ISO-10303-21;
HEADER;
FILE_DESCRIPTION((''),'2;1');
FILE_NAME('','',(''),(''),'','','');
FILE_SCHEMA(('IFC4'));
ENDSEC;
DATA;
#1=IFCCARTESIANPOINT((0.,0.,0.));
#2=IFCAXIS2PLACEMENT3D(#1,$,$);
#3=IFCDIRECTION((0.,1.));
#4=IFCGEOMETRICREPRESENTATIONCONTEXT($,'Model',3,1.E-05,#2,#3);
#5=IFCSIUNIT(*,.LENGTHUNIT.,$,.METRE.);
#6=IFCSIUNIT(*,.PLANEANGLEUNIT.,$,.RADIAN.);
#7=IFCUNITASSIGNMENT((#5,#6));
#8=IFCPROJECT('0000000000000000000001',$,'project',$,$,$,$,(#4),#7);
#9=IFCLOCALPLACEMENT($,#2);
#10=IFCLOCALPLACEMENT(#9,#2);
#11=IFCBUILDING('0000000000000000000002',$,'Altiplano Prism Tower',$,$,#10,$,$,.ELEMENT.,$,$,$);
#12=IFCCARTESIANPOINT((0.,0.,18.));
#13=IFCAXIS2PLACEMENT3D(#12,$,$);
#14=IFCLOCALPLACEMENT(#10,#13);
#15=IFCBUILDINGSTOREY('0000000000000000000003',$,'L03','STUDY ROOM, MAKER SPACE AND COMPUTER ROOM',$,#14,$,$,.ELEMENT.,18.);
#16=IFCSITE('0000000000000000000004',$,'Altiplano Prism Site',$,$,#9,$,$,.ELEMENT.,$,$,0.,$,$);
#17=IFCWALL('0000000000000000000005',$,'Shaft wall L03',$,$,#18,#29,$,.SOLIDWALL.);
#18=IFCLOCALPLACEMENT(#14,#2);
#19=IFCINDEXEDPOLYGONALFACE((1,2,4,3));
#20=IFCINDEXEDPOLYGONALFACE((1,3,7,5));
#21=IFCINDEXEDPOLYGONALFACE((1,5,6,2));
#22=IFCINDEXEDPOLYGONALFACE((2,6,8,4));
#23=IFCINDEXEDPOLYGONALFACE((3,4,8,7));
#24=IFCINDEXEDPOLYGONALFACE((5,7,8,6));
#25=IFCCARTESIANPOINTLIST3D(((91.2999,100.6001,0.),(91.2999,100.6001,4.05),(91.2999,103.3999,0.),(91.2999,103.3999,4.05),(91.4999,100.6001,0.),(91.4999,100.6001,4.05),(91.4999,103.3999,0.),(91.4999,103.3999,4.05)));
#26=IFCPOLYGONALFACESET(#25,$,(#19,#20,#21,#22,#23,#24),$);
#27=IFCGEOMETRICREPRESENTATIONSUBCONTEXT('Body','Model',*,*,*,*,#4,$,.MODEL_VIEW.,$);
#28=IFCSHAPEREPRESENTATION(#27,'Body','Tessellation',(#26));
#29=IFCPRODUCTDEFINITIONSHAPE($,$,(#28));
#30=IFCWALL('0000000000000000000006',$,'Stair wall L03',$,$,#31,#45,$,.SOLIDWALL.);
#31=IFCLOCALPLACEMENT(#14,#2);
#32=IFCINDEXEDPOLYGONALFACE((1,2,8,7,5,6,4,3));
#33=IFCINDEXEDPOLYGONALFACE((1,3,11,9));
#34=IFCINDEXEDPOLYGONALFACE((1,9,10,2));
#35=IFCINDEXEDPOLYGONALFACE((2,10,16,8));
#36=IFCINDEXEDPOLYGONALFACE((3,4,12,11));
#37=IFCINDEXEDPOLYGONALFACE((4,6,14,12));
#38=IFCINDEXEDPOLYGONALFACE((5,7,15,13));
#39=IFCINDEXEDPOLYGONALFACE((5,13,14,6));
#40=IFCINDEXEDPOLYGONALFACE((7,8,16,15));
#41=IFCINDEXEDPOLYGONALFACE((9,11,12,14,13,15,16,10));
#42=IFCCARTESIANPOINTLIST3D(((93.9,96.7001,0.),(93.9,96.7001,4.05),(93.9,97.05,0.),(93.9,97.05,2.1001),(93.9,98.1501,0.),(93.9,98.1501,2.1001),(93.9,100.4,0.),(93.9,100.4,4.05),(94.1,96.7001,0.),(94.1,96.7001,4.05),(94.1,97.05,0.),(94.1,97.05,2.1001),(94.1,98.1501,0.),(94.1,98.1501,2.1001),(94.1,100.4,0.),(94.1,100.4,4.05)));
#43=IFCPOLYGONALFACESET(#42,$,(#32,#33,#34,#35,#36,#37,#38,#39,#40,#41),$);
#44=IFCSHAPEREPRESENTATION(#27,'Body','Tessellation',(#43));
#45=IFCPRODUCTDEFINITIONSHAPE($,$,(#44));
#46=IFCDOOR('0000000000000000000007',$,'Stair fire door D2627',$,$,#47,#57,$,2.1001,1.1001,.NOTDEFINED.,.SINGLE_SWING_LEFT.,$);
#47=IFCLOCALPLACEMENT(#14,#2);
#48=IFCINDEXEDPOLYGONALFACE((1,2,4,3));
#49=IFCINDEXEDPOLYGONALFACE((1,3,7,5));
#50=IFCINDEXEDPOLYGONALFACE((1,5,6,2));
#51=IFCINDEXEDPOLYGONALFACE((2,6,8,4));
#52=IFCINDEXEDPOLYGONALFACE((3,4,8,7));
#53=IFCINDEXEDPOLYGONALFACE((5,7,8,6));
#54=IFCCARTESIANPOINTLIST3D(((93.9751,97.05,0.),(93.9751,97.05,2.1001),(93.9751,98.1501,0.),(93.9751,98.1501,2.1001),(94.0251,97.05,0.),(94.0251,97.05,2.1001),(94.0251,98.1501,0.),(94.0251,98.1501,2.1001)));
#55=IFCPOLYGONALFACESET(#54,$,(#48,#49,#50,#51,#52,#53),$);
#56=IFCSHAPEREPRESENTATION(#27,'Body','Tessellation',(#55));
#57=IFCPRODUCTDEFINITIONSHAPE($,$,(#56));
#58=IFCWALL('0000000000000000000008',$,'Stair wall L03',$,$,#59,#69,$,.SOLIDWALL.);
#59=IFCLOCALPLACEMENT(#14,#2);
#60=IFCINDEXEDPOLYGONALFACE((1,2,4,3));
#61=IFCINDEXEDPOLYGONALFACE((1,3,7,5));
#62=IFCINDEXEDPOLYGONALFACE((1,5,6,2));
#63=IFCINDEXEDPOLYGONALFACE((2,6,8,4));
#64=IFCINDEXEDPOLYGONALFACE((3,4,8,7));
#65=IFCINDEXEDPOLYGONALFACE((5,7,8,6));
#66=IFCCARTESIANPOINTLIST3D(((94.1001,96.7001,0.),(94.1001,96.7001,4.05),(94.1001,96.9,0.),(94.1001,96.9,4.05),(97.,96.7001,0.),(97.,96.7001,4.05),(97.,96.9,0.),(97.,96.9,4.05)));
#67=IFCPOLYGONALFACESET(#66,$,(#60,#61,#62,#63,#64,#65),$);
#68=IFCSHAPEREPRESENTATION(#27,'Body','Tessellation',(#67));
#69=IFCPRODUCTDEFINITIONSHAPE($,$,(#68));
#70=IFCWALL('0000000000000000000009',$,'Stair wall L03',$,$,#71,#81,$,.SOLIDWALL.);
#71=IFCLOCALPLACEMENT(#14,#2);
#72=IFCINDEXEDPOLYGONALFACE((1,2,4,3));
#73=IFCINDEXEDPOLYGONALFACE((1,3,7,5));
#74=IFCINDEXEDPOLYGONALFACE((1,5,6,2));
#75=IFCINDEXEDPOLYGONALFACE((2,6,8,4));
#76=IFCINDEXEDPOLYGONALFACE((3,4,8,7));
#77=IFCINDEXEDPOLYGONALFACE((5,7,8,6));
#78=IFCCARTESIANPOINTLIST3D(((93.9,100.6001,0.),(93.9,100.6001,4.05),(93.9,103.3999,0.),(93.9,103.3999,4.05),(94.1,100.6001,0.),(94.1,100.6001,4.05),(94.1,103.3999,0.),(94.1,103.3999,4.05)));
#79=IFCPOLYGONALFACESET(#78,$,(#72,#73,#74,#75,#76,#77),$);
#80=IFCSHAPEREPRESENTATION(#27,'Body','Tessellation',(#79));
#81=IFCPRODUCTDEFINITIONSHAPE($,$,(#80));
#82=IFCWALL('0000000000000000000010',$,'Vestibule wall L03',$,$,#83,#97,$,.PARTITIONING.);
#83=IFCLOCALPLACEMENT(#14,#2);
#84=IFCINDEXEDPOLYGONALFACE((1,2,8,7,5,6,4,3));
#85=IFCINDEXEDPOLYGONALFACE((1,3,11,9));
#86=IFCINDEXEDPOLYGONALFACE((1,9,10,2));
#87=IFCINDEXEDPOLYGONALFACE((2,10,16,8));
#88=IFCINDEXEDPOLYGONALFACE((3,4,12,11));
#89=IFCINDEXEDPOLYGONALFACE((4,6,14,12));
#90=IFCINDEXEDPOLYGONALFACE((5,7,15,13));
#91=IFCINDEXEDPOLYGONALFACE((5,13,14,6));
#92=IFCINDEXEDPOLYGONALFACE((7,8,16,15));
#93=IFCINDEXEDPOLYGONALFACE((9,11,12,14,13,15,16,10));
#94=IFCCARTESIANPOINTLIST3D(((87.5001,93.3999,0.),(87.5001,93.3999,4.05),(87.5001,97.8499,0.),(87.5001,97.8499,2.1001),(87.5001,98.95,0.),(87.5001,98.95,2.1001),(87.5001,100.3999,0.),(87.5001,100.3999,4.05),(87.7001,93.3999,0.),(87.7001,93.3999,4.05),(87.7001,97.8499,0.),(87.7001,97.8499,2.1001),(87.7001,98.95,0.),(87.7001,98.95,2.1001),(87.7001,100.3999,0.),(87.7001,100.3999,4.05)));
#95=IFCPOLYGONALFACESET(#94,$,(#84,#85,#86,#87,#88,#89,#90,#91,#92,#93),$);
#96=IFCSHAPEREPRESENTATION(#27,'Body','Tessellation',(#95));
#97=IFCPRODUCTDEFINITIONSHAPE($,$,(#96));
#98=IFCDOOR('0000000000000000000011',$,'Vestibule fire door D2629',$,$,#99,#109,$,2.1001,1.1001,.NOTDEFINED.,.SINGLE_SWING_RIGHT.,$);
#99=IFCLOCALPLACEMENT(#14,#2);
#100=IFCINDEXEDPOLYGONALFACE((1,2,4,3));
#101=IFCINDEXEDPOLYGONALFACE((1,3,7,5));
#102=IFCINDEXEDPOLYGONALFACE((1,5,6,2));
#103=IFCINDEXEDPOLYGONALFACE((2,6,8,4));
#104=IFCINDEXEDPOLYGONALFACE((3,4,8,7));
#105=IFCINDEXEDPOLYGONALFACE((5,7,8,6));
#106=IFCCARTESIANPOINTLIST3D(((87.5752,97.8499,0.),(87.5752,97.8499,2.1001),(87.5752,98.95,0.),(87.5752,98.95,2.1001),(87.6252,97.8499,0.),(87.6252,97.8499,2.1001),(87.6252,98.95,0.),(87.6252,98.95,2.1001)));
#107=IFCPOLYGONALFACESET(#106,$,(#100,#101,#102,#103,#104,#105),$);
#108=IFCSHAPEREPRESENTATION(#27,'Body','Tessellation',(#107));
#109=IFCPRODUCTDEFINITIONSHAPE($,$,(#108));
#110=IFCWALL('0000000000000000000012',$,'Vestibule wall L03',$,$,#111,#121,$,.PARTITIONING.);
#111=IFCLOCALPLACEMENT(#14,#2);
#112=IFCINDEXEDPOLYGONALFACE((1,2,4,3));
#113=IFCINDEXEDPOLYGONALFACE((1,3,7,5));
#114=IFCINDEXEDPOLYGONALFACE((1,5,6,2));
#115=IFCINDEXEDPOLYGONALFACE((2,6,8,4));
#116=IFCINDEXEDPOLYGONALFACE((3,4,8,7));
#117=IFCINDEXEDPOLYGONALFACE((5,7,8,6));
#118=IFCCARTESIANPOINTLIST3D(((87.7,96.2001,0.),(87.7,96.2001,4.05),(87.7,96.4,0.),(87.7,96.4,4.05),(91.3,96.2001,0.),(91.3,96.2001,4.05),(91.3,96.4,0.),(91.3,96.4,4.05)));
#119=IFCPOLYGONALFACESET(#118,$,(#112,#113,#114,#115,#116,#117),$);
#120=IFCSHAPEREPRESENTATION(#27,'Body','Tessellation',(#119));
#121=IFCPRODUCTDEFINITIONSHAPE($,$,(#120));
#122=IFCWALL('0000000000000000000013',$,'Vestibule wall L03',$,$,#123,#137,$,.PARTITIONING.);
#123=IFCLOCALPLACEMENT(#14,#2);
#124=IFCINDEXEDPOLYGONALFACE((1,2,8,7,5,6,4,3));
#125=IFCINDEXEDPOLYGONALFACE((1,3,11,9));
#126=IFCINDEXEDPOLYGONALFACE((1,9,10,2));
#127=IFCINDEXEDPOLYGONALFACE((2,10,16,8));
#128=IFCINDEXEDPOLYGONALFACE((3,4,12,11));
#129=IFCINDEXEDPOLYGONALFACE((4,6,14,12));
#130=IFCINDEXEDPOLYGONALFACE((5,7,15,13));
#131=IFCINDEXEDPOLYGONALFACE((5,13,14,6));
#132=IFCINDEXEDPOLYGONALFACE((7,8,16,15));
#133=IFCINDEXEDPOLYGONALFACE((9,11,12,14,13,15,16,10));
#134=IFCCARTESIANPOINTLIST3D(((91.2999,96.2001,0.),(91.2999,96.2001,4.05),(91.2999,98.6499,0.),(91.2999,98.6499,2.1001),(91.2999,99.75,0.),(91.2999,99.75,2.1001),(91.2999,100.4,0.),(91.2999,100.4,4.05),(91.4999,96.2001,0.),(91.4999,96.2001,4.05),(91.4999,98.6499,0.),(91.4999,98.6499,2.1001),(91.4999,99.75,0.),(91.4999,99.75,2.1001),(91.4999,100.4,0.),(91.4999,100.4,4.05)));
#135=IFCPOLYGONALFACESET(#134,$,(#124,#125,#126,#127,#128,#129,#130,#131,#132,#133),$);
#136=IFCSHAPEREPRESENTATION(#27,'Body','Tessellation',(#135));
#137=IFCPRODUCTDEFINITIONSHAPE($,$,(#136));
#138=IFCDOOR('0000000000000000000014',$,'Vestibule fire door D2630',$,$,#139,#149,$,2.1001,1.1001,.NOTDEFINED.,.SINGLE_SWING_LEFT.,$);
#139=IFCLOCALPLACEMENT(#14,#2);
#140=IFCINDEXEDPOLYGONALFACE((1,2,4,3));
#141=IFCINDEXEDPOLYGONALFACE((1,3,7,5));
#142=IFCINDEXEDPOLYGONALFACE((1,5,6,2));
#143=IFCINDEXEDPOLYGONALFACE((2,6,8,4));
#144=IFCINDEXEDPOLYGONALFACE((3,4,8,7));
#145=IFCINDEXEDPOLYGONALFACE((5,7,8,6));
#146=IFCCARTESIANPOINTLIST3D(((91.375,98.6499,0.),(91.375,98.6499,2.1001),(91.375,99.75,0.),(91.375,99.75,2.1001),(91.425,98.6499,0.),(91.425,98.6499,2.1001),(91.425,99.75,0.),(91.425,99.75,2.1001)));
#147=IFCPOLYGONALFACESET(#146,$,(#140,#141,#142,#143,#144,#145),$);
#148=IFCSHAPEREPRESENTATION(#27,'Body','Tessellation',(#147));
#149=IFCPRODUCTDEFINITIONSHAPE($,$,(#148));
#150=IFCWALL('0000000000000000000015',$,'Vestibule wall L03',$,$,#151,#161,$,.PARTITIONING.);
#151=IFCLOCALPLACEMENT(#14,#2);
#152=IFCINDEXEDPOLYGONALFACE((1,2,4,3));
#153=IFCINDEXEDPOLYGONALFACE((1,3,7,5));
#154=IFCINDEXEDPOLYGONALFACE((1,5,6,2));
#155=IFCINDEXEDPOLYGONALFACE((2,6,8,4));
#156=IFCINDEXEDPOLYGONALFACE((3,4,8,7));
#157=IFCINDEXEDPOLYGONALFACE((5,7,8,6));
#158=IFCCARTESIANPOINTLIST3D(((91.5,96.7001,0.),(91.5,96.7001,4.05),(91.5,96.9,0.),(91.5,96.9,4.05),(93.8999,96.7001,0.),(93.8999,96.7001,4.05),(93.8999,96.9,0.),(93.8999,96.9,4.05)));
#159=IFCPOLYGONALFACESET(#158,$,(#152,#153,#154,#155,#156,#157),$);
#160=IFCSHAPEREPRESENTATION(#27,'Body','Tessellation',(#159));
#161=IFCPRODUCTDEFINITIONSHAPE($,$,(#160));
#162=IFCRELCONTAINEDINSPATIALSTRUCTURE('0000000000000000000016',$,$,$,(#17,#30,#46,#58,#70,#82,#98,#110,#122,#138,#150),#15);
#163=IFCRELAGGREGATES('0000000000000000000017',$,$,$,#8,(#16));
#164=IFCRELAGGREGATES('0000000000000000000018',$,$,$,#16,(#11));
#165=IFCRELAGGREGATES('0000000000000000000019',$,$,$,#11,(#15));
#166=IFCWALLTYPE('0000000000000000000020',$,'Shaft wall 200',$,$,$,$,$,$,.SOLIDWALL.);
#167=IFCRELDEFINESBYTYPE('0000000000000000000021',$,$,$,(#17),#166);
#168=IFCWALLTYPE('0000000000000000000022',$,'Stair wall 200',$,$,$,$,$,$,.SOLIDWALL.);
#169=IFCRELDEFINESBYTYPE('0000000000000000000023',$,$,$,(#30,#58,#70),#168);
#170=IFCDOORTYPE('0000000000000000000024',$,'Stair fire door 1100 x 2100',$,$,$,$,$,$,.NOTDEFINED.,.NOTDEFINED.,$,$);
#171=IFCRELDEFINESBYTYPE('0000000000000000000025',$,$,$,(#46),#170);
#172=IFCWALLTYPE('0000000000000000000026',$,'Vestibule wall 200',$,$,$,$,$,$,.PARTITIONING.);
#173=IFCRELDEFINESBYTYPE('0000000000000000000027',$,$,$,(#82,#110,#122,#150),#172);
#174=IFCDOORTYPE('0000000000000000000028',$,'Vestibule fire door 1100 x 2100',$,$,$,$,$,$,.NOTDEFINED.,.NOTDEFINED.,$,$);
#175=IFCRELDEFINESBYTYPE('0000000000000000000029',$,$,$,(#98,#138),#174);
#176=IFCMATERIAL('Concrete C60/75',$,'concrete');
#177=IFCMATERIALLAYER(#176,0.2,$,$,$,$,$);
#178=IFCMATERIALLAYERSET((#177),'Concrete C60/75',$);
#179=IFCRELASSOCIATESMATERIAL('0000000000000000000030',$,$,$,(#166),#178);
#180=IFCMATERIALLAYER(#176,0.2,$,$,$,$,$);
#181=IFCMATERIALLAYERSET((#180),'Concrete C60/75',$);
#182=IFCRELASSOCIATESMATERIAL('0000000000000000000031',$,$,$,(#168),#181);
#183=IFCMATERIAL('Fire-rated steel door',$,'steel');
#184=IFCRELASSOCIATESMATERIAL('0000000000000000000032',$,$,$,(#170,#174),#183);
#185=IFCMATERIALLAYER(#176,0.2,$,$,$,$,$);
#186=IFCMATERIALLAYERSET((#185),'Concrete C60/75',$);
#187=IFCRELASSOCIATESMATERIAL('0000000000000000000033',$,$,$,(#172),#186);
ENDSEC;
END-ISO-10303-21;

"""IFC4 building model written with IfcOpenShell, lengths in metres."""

from ifc_helpers import new_model, si_unit, direction, frame, frame_2d, origin, place, context, subcontext, project, spatial, rectangle, extrude, material, layer, layer_set, type_object, element, fill, save


model = new_model("IFC4")

# Units and contexts
model_context = context("Model", 3, precision=1e-05, world=origin(), true_north=direction((0.0, 1.0)))
body_context = subcontext(model_context, "Body", "Model", "MODEL_VIEW")
ifc_project = project(units=[si_unit("LENGTHUNIT", "METRE"), si_unit("PLANEANGLEUNIT", "RADIAN")], contexts=[model_context])

# Site, building, storey
site_placement = place(None, origin())
site = spatial("IfcSite", under=ifc_project, at=site_placement, Name="Altiplano Prism Site", CompositionType="ELEMENT", RefElevation=0.0)
building_placement = place(site_placement, origin())
building = spatial("IfcBuilding", under=site, at=building_placement, Name="Altiplano Prism Tower", CompositionType="ELEMENT")
storey_placement = place(building_placement, frame((0.0, 0.0, 18.0)))
storey = spatial("IfcBuildingStorey", under=building, at=storey_placement, Name="L03", Description="STUDY ROOM, MAKER SPACE AND COMPUTER ROOM", CompositionType="ELEMENT", Elevation=18.0)

# Wall
ifc_material_1 = material(Name="Concrete C60/75", Category="concrete")
ifc_layer_1 = layer(ifc_material_1, 0.2)
ifc_layer_set_1 = layer_set([ifc_layer_1], Name="Concrete C60/75")
wall_type_1 = type_object("IfcWallType", Name="Shaft wall 200", PredefinedType="SOLIDWALL", material=ifc_layer_set_1)
for number, where, z_axis, x_axis, name in (
    (1, (91.3999, 100.6001, 0.0), (0.0, 0.0, 1.0), (0.0, 1.0, 0.0), "Shaft wall L03"),
):
    element("IfcWall", number, at=place(storey_placement, frame(where, z_axis=z_axis, x_axis=x_axis)), inside=storey, type_object=wall_type_1, Name=name, PredefinedType="SOLIDWALL", context=body_context, shape_type="SweptSolid", body=[
        extrude(rectangle(XDim=2.7998, YDim=0.2, at=frame_2d((1.3999, 0.0))), origin(), (0.0, 0.0, 1.0), 4.05),
    ])

# Wall, opening, door
ifc_layer_2 = layer(ifc_material_1, 0.2)
ifc_layer_set_2 = layer_set([ifc_layer_2], Name="Concrete C60/75")
wall_type_2 = type_object("IfcWallType", Name="Stair wall 200", PredefinedType="SOLIDWALL", material=ifc_layer_set_2)
wall_1_placement = place(storey_placement, frame((94.0, 96.7, 0.0), z_axis=(0.0, 0.0, 1.0), x_axis=(0.0, 1.0, 0.0)))
wall_1 = element("IfcWall", 2, at=wall_1_placement, inside=storey, type_object=wall_type_2, Name="Stair wall L03", PredefinedType="SOLIDWALL", context=body_context, shape_type="SweptSolid", body=[
    extrude(rectangle(XDim=3.7, YDim=0.2, at=frame_2d((1.8501, 0.0))), origin(), (0.0, 0.0, 1.0), 4.05),
])
opening_1_placement = place(wall_1_placement, frame((0.3501, 0.0, 0.0)))
opening_1 = element("IfcOpeningElement", 3, at=opening_1_placement, cuts=wall_1, PredefinedType="OPENING", context=body_context, shape_type="SweptSolid", body=[
    extrude(rectangle(XDim=1.1001, YDim=2.1001, at=frame_2d((0.55, 1.05))), frame((0.0, 0.1104, 0.0), z_axis=(0.0, -1.0, 0.0), x_axis=(1.0, 0.0, 0.0)), (0.0, 0.0, 1.0), 0.2209),
])
ifc_material_2 = material(Name="Fire-rated steel door", Category="steel")
door_type_1 = type_object("IfcDoorType", Name="Stair fire door 1100 x 2100", OperationType="NOTDEFINED", PredefinedType="NOTDEFINED", material=ifc_material_2)
door_1_placement = place(opening_1_placement, origin())
door_1 = element("IfcDoor", 4, at=door_1_placement, inside=storey, type_object=door_type_1, Name="Stair fire door D2627", OperationType="SINGLE_SWING_LEFT", OverallHeight=2.1001, OverallWidth=1.1001, PredefinedType="NOTDEFINED", context=body_context, shape_type="SweptSolid", body=[
    extrude(rectangle(XDim=1.1001, YDim=2.1001, at=frame_2d((0.55, 1.05))), frame((0.0, 0.0249, 0.0), z_axis=(0.0, -1.0, 0.0), x_axis=(1.0, 0.0, 0.0)), (0.0, 0.0, 1.0), 0.05),
])
fill(opening_1, door_1)

# Walls
wall_2_placement = place(storey_placement, frame((94.1001, 96.8, 0.0), z_axis=(0.0, 0.0, 1.0), x_axis=(1.0, 0.0, 0.0)))
element("IfcWall", 5, at=wall_2_placement, inside=storey, type_object=wall_type_2, Name="Stair wall L03", PredefinedType="SOLIDWALL", context=body_context, shape_type="SweptSolid", body=[
    extrude(rectangle(XDim=2.8999, YDim=0.2, at=frame_2d((1.45, 0.0))), origin(), (0.0, 0.0, 1.0), 4.05),
])
wall_3_placement = place(storey_placement, frame((94.0, 100.6001, 0.0), z_axis=(0.0, 0.0, 1.0), x_axis=(0.0, 1.0, 0.0)))
element("IfcWall", 6, at=wall_3_placement, inside=storey, type_object=wall_type_2, Name="Stair wall L03", PredefinedType="SOLIDWALL", context=body_context, shape_type="SweptSolid", body=[
    extrude(rectangle(XDim=2.7998, YDim=0.2, at=frame_2d((1.3999, 0.0))), origin(), (0.0, 0.0, 1.0), 4.05),
])

# Wall, opening, door
ifc_layer_3 = layer(ifc_material_1, 0.2)
ifc_layer_set_3 = layer_set([ifc_layer_3], Name="Concrete C60/75")
wall_type_3 = type_object("IfcWallType", Name="Vestibule wall 200", PredefinedType="PARTITIONING", material=ifc_layer_set_3)
wall_4_placement = place(storey_placement, frame((87.6001, 93.3999, 0.0), z_axis=(0.0, 0.0, 1.0), x_axis=(0.0, 1.0, 0.0)))
wall_4 = element("IfcWall", 7, at=wall_4_placement, inside=storey, type_object=wall_type_3, Name="Vestibule wall L03", PredefinedType="PARTITIONING", context=body_context, shape_type="SweptSolid", body=[
    extrude(rectangle(XDim=7.0, YDim=0.2, at=frame_2d((3.5, 0.0))), origin(), (0.0, 0.0, 1.0), 4.05),
])
opening_2_placement = place(wall_4_placement, frame((4.45, 0.0, 0.0)))
opening_2 = element("IfcOpeningElement", 8, at=opening_2_placement, cuts=wall_4, PredefinedType="OPENING", context=body_context, shape_type="SweptSolid", body=[
    extrude(rectangle(XDim=1.1001, YDim=2.1001, at=frame_2d((0.55, 1.05))), frame((0.0, 0.1104, 0.0), z_axis=(0.0, -1.0, 0.0), x_axis=(1.0, 0.0, 0.0)), (0.0, 0.0, 1.0), 0.2209),
])
door_type_2 = type_object("IfcDoorType", Name="Vestibule fire door 1100 x 2100", OperationType="NOTDEFINED", PredefinedType="NOTDEFINED", material=ifc_material_2)
door_2_placement = place(opening_2_placement, origin())
door_2 = element("IfcDoor", 9, at=door_2_placement, inside=storey, type_object=door_type_2, Name="Vestibule fire door D2629", OperationType="SINGLE_SWING_RIGHT", OverallHeight=2.1001, OverallWidth=1.1001, PredefinedType="NOTDEFINED", context=body_context, shape_type="SweptSolid", body=[
    extrude(rectangle(XDim=1.1001, YDim=2.1001, at=frame_2d((0.55, 1.05))), frame((0.0, 0.0249, 0.0), z_axis=(0.0, -1.0, 0.0), x_axis=(1.0, 0.0, 0.0)), (0.0, 0.0, 1.0), 0.05),
])
fill(opening_2, door_2)

# Wall
wall_5_placement = place(storey_placement, frame((87.7, 96.3, 0.0), z_axis=(0.0, 0.0, 1.0), x_axis=(1.0, 0.0, 0.0)))
element("IfcWall", 10, at=wall_5_placement, inside=storey, type_object=wall_type_3, Name="Vestibule wall L03", PredefinedType="PARTITIONING", context=body_context, shape_type="SweptSolid", body=[
    extrude(rectangle(XDim=3.6001, YDim=0.2, at=frame_2d((1.8, 0.0))), origin(), (0.0, 0.0, 1.0), 4.05),
])

# Wall, opening, door
wall_6_placement = place(storey_placement, frame((91.3999, 96.2, 0.0), z_axis=(0.0, 0.0, 1.0), x_axis=(0.0, 1.0, 0.0)))
wall_6 = element("IfcWall", 11, at=wall_6_placement, inside=storey, type_object=wall_type_3, Name="Vestibule wall L03", PredefinedType="PARTITIONING", context=body_context, shape_type="SweptSolid", body=[
    extrude(rectangle(XDim=4.2, YDim=0.2, at=frame_2d((2.1001, 0.0))), origin(), (0.0, 0.0, 1.0), 4.05),
])
opening_3_placement = place(wall_6_placement, frame((2.45, 0.0, 0.0)))
opening_3 = element("IfcOpeningElement", 12, at=opening_3_placement, cuts=wall_6, PredefinedType="OPENING", context=body_context, shape_type="SweptSolid", body=[
    extrude(rectangle(XDim=1.1001, YDim=2.1001, at=frame_2d((0.55, 1.05))), frame((0.0, 0.1104, 0.0), z_axis=(0.0, -1.0, 0.0), x_axis=(1.0, 0.0, 0.0)), (0.0, 0.0, 1.0), 0.2209),
])
door_3_placement = place(opening_3_placement, origin())
door_3 = element("IfcDoor", 13, at=door_3_placement, inside=storey, type_object=door_type_2, Name="Vestibule fire door D2630", OperationType="SINGLE_SWING_LEFT", OverallHeight=2.1001, OverallWidth=1.1001, PredefinedType="NOTDEFINED", context=body_context, shape_type="SweptSolid", body=[
    extrude(rectangle(XDim=1.1001, YDim=2.1001, at=frame_2d((0.55, 1.05))), frame((0.0, 0.0249, 0.0), z_axis=(0.0, -1.0, 0.0), x_axis=(1.0, 0.0, 0.0)), (0.0, 0.0, 1.0), 0.05),
])
fill(opening_3, door_3)

# Wall
wall_7_placement = place(storey_placement, frame((91.5, 96.8, 0.0), z_axis=(0.0, 0.0, 1.0), x_axis=(1.0, 0.0, 0.0)))
element("IfcWall", 14, at=wall_7_placement, inside=storey, type_object=wall_type_3, Name="Vestibule wall L03", PredefinedType="PARTITIONING", context=body_context, shape_type="SweptSolid", body=[
    extrude(rectangle(XDim=2.3999, YDim=0.2, at=frame_2d((1.2, 0.0))), origin(), (0.0, 0.0, 1.0), 4.05),
])

save(model, "model.ifc")
